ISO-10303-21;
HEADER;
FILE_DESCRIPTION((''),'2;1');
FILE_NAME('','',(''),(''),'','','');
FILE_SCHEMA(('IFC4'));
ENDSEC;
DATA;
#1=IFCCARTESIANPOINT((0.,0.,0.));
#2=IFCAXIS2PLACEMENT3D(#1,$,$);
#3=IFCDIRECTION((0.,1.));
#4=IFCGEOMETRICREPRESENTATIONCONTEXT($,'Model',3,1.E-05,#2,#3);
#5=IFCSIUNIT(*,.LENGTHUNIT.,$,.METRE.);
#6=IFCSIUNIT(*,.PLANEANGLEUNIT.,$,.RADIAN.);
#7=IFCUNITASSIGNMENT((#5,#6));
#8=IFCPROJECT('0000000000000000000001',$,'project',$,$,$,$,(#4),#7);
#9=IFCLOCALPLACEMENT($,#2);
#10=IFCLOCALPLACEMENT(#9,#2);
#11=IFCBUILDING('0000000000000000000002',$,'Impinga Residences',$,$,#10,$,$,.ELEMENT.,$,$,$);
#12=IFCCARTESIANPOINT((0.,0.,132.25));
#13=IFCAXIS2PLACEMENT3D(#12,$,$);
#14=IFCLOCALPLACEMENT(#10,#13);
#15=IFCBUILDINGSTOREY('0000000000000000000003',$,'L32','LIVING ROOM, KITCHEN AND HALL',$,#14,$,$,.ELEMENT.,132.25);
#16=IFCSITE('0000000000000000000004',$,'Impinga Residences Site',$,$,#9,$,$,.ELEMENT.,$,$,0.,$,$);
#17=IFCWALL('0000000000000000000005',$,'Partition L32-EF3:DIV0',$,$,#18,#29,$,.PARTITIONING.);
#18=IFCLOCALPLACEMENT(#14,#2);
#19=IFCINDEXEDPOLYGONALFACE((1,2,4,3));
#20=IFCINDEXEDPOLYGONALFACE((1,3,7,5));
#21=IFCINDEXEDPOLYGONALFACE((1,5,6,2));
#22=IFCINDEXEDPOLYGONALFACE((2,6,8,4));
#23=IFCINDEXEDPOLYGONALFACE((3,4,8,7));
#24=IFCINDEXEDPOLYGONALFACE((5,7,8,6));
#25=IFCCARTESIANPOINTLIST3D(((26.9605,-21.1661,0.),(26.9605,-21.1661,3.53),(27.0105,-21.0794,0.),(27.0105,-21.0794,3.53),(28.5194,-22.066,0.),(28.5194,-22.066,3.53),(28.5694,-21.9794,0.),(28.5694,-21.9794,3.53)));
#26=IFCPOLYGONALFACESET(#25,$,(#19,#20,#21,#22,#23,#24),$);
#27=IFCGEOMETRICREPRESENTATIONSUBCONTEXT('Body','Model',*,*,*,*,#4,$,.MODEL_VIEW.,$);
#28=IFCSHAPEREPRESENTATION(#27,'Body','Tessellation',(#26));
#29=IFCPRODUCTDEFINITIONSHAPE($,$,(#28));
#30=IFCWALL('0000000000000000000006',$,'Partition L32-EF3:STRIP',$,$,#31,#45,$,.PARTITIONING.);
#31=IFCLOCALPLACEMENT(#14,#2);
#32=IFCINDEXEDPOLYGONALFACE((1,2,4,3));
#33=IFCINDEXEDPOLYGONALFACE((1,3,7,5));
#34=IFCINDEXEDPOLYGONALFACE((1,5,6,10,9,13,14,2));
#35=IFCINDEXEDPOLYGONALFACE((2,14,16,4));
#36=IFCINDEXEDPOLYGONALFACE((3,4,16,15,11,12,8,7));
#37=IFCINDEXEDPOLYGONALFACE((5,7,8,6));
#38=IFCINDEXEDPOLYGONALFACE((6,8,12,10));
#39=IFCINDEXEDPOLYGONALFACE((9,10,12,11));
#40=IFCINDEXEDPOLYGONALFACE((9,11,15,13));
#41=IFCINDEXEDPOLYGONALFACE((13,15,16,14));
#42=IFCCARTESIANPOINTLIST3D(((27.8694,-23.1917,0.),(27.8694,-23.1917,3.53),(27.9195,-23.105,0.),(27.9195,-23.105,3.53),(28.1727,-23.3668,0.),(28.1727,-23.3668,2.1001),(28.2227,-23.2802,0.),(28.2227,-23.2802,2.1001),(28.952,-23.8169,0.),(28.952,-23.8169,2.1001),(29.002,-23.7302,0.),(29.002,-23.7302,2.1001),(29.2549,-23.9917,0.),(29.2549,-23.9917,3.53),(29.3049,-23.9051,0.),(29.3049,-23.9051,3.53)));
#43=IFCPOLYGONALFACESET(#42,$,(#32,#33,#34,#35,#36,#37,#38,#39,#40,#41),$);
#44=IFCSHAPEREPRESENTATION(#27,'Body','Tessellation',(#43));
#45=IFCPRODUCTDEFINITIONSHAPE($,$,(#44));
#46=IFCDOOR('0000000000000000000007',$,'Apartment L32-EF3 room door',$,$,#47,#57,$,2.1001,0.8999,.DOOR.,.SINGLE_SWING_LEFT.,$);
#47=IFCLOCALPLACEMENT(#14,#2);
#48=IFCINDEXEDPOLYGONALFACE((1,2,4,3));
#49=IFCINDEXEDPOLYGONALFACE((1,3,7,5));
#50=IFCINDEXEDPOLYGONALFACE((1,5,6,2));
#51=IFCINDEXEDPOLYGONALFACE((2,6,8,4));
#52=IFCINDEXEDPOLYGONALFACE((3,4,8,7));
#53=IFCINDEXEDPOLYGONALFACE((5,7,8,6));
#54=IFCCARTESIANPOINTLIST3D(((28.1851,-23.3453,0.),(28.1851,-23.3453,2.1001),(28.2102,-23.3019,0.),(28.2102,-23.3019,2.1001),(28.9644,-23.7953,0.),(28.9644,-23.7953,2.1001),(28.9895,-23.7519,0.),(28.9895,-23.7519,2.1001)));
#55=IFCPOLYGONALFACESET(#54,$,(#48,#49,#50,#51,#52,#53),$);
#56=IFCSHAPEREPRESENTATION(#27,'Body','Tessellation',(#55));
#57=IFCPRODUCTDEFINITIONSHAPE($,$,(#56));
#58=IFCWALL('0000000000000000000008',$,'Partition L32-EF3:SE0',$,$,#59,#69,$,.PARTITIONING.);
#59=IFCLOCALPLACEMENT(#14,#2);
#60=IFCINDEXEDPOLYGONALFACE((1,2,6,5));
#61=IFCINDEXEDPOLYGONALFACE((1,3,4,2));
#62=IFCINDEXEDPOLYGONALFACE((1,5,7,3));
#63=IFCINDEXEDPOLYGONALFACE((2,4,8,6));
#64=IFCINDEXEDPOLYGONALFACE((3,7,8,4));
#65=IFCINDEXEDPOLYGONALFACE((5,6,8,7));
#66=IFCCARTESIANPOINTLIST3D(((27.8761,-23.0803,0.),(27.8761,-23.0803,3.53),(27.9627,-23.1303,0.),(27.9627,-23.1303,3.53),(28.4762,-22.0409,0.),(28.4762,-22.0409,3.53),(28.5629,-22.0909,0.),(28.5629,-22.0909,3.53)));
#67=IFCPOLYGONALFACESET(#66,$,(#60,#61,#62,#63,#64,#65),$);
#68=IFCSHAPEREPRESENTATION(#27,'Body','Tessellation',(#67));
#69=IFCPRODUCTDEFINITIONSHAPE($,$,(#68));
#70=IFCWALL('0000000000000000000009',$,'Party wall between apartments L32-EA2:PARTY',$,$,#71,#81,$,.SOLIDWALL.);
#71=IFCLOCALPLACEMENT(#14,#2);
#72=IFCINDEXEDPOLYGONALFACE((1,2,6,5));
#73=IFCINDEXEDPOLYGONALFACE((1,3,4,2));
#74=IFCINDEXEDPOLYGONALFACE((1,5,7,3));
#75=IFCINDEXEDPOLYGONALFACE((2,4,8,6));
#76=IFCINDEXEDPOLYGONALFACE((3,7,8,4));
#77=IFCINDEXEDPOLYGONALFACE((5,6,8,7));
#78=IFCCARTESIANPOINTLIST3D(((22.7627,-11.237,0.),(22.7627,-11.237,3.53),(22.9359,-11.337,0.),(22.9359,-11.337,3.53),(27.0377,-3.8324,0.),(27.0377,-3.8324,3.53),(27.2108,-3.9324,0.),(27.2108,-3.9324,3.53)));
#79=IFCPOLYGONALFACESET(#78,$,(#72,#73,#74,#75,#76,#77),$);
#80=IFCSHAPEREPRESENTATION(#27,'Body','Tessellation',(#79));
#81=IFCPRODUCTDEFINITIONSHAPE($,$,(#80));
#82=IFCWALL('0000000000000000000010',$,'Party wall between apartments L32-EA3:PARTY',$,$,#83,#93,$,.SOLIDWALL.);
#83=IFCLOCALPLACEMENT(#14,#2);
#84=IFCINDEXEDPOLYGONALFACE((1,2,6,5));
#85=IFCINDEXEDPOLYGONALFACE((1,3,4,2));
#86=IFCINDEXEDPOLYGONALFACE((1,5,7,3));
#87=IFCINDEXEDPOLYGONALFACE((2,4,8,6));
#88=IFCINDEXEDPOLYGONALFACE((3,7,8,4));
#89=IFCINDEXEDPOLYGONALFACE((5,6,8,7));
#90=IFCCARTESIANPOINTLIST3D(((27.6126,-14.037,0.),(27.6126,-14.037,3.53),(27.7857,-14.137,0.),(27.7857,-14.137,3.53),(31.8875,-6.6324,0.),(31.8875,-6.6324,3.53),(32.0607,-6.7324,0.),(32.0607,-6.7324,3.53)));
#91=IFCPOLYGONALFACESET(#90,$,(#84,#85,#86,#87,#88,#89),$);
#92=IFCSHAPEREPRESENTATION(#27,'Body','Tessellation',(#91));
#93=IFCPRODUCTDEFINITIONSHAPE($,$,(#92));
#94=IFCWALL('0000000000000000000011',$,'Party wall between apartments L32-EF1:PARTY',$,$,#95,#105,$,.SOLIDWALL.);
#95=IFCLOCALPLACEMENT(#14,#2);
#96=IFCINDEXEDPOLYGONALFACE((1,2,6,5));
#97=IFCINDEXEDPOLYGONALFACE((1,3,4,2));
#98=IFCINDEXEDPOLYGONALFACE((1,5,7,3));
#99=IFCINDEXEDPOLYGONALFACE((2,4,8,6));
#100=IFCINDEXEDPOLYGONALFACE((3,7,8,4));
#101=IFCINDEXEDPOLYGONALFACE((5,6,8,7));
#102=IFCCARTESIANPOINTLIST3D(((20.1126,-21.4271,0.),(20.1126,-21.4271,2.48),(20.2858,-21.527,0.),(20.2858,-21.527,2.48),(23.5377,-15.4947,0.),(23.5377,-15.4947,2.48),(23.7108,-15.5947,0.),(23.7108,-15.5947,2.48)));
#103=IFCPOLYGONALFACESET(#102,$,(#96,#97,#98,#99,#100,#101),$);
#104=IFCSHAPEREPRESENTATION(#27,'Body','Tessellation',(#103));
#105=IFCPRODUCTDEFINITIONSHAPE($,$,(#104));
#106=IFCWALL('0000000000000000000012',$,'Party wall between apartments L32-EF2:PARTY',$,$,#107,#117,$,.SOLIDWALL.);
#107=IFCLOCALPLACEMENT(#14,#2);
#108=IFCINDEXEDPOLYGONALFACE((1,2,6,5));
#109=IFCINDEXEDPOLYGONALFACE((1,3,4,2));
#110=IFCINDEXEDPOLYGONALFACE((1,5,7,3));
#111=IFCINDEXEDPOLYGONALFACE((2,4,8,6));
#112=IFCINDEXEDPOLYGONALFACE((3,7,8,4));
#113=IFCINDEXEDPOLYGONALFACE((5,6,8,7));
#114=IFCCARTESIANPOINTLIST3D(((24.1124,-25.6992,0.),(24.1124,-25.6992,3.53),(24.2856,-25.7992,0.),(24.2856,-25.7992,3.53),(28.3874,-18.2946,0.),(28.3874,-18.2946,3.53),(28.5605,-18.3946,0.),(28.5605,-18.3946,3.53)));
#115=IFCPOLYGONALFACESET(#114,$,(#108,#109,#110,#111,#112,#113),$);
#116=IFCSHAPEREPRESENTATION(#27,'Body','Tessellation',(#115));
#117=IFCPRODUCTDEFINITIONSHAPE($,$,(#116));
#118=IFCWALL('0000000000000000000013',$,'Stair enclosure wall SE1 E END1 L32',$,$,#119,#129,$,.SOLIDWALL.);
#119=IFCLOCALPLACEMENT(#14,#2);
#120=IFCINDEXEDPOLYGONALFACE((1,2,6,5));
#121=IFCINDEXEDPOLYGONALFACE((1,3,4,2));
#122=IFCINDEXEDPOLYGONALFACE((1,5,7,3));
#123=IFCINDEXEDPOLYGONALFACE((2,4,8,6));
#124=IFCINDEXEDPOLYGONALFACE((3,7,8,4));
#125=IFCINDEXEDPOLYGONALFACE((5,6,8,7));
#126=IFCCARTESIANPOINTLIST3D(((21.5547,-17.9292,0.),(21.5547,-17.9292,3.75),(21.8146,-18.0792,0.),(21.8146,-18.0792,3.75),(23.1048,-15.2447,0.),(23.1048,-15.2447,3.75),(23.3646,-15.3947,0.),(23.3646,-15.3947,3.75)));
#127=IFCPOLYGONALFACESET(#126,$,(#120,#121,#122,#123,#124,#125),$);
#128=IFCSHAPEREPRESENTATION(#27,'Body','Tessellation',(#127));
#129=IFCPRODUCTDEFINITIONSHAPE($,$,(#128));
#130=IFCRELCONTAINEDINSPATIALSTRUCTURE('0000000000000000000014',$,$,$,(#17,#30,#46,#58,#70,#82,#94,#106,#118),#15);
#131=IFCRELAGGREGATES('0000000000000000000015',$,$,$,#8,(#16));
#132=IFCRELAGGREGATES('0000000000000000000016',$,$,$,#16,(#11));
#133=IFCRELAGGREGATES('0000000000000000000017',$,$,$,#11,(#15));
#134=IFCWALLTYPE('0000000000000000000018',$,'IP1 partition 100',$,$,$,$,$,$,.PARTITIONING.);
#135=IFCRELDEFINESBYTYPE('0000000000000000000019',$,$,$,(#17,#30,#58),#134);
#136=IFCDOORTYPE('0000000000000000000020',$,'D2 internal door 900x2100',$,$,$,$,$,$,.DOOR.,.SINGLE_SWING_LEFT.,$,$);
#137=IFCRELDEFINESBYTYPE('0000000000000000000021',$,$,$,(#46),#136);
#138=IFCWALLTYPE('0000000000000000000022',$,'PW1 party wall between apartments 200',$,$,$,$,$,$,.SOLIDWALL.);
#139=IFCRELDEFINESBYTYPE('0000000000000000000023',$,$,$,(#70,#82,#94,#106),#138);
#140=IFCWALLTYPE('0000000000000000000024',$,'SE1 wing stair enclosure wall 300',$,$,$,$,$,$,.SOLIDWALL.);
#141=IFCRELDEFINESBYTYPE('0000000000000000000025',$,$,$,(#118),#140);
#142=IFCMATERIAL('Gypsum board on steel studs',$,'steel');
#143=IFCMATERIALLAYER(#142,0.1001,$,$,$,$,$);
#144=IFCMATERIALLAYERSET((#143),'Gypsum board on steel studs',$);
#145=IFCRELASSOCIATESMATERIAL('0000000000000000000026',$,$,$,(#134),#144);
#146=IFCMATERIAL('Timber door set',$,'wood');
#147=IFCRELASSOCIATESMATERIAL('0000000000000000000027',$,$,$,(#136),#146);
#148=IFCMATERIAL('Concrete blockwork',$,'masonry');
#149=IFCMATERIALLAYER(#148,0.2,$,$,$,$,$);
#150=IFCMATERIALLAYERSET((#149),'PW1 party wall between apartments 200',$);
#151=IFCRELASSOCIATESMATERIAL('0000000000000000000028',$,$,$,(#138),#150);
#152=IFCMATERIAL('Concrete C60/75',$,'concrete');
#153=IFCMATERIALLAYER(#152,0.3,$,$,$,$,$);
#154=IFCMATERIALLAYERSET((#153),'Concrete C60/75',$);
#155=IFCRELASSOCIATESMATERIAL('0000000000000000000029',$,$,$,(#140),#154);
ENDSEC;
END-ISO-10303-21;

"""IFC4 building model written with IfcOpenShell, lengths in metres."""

from ifc_helpers import new_model, si_unit, direction, frame, frame_2d, origin, place, context, subcontext, project, spatial, rectangle, extrude, material, layer, layer_set, type_object, element, fill, save


model = new_model("IFC4")

# Units and contexts
model_context = context("Model", 3, precision=1e-05, world=origin(), true_north=direction((0.0, 1.0)))
body_context = subcontext(model_context, "Body", "Model", "MODEL_VIEW")
ifc_project = project(units=[si_unit("LENGTHUNIT", "METRE"), si_unit("PLANEANGLEUNIT", "RADIAN")], contexts=[model_context])

# Site, building, storey
site_placement = place(None, origin())
site = spatial("IfcSite", under=ifc_project, at=site_placement, Name="Impinga Residences Site", CompositionType="ELEMENT", RefElevation=0.0)
building_placement = place(site_placement, origin())
building = spatial("IfcBuilding", under=site, at=building_placement, Name="Impinga Residences", CompositionType="ELEMENT")
storey_placement = place(building_placement, frame((0.0, 0.0, 132.25)))
storey = spatial("IfcBuildingStorey", under=building, at=storey_placement, Name="L32", Description="LIVING ROOM, KITCHEN AND HALL", CompositionType="ELEMENT", Elevation=132.25)

# Shared definitions
ifc_material_1 = material(Name="Concrete C60/75", Category="concrete")

# Shared definitions
ifc_material_2 = material(Name="Gypsum board on steel studs", Category="steel")
ifc_layer_1 = layer(ifc_material_2, 0.1001)
ifc_layer_set_1 = layer_set([ifc_layer_1], Name="Gypsum board on steel studs")
wall_type_1 = type_object("IfcWallType", Name="IP1 partition 100", PredefinedType="PARTITIONING", material=ifc_layer_set_1)
ifc_material_3 = material(Name="Timber door set", Category="wood")
door_type = type_object("IfcDoorType", Name="D2 internal door 900x2100", OperationType="SINGLE_SWING_LEFT", PredefinedType="DOOR", material=ifc_material_3)

# Wall
wall_1_placement = place(storey_placement, frame((26.9856, -21.1228, 0.0), z_axis=(0.0, 0.0, 1.0), x_axis=(0.866048, -0.499961, 0.0)))
element("IfcWall", 1, at=wall_1_placement, inside=storey, type_object=wall_type_1, Name="Partition L32-EF3:DIV0", PredefinedType="PARTITIONING", context=body_context, shape_type="SweptSolid", body=[
    extrude(rectangle(XDim=1.8, YDim=0.1001, at=frame_2d((0.8999, 0.0))), origin(), (0.0, 0.0, 1.0), 3.53),
])

# Wall, opening, door
wall_2_placement = place(storey_placement, frame((27.8945, -23.1484, 0.0), z_axis=(0.0, 0.0, 1.0), x_axis=(0.86599, -0.500061, 0.0)))
wall_2 = element("IfcWall", 2, at=wall_2_placement, inside=storey, type_object=wall_type_1, Name="Partition L32-EF3:STRIP", PredefinedType="PARTITIONING", context=body_context, shape_type="SweptSolid", body=[
    extrude(rectangle(XDim=1.5999, YDim=0.1001, at=frame_2d((0.7998, 0.0))), origin(), (0.0, 0.0, 1.0), 3.53),
])
opening_1_placement = place(wall_2_placement, frame((0.3501, 0.0, 0.0)))
opening_1 = element("IfcOpeningElement", 3, at=opening_1_placement, cuts=wall_2, PredefinedType="OPENING", context=body_context, shape_type="SweptSolid", body=[
    extrude(rectangle(XDim=0.8999, YDim=2.1001, at=frame_2d((0.45, 1.05))), frame((0.0, 0.0601, 0.0), z_axis=(0.0, -1.0, 0.0), x_axis=(1.0, 0.0, 0.0)), (0.0, 0.0, 1.0), 0.1201),
])
door_1_placement = place(opening_1_placement, origin())
door_1 = element("IfcDoor", 4, at=door_1_placement, inside=storey, type_object=door_type, Name="Apartment L32-EF3 room door", OperationType="SINGLE_SWING_LEFT", OverallHeight=2.1001, OverallWidth=0.8999, PredefinedType="DOOR", context=body_context, shape_type="SweptSolid", body=[
    extrude(rectangle(XDim=0.8999, YDim=2.1001, at=frame_2d((0.45, 1.05))), frame((0.0, 0.0249, 0.0), z_axis=(0.0, -1.0, 0.0), x_axis=(1.0, 0.0, 0.0)), (0.0, 0.0, 1.0), 0.05),
])
fill(opening_1, door_1)

# Walls
wall_3_placement = place(storey_placement, frame((28.5195, -22.0659, 0.0), z_axis=(0.0, 0.0, 1.0), x_axis=(-0.500034, -0.866006, 0.0)))
element("IfcWall", 5, at=wall_3_placement, inside=storey, type_object=wall_type_1, Name="Partition L32-EF3:SE0", PredefinedType="PARTITIONING", context=body_context, shape_type="SweptSolid", body=[
    extrude(rectangle(XDim=1.2002, YDim=0.1001, at=frame_2d((0.6001, 0.0))), origin(), (0.0, 0.0, 1.0), 3.53),
])
ifc_material_4 = material(Name="Concrete blockwork", Category="masonry")
ifc_layer_2 = layer(ifc_material_4, 0.2)
ifc_layer_set_2 = layer_set([ifc_layer_2], Name="PW1 party wall between apartments 200")
wall_type_2 = type_object("IfcWallType", Name="PW1 party wall between apartments 200", PredefinedType="SOLIDWALL", material=ifc_layer_set_2)
for number, where, z_axis, x_axis, name in (
    (6, (22.8494, -11.2869, 0.0), (0.0, 0.0, 1.0), (0.49999, 0.866031, 0.0), "Party wall between apartments L32-EA2:PARTY"),
    (7, (27.6992, -14.0869, 0.0), (0.0, 0.0, 1.0), (0.49999, 0.866031, 0.0), "Party wall between apartments L32-EA3:PARTY"),
):
    element("IfcWall", number, at=place(storey_placement, frame(where, z_axis=z_axis, x_axis=x_axis)), inside=storey, type_object=wall_type_2, Name=name, PredefinedType="SOLIDWALL", context=body_context, shape_type="SweptSolid", body=[
        extrude(rectangle(XDim=8.55, YDim=0.2, at=frame_2d((4.2749, 0.0))), origin(), (0.0, 0.0, 1.0), 3.53),
    ])
wall_4_placement = place(storey_placement, frame((23.6243, -15.5447, 0.0), z_axis=(0.0, 0.0, 1.0), x_axis=(-0.499999, -0.866026, 0.0)))
element("IfcWall", 8, at=wall_4_placement, inside=storey, type_object=wall_type_2, Name="Party wall between apartments L32-EF1:PARTY", PredefinedType="SOLIDWALL", context=body_context, shape_type="SweptSolid", body=[
    extrude(rectangle(XDim=6.8501, YDim=0.2, at=frame_2d((3.425, 0.0))), origin(), (0.0, 0.0, 1.0), 2.48),
])
wall_5_placement = place(storey_placement, frame((28.4739, -18.3447, 0.0), z_axis=(0.0, 0.0, 1.0), x_axis=(-0.49999, -0.866031, 0.0)))
element("IfcWall", 9, at=wall_5_placement, inside=storey, type_object=wall_type_2, Name="Party wall between apartments L32-EF2:PARTY", PredefinedType="SOLIDWALL", context=body_context, shape_type="SweptSolid", body=[
    extrude(rectangle(XDim=8.55, YDim=0.2, at=frame_2d((4.2749, 0.0))), origin(), (0.0, 0.0, 1.0), 3.53),
])
ifc_layer_3 = layer(ifc_material_1, 0.3)
ifc_layer_set_3 = layer_set([ifc_layer_3], Name="Concrete C60/75")
wall_type_3 = type_object("IfcWallType", Name="SE1 wing stair enclosure wall 300", PredefinedType="SOLIDWALL", material=ifc_layer_set_3)
wall_6_placement = place(storey_placement, frame((23.2346, -15.3198, 0.0), z_axis=(0.0, 0.0, 1.0), x_axis=(-0.500027, -0.86601, 0.0)))
element("IfcWall", 10, at=wall_6_placement, inside=storey, type_object=wall_type_3, Name="Stair enclosure wall SE1 E END1 L32", PredefinedType="SOLIDWALL", context=body_context, shape_type="SweptSolid", body=[
    extrude(rectangle(XDim=3.0999, YDim=0.3, at=frame_2d((1.5498, 0.0))), origin(), (0.0, 0.0, 1.0), 3.75),
])

save(model, "model.ifc")
